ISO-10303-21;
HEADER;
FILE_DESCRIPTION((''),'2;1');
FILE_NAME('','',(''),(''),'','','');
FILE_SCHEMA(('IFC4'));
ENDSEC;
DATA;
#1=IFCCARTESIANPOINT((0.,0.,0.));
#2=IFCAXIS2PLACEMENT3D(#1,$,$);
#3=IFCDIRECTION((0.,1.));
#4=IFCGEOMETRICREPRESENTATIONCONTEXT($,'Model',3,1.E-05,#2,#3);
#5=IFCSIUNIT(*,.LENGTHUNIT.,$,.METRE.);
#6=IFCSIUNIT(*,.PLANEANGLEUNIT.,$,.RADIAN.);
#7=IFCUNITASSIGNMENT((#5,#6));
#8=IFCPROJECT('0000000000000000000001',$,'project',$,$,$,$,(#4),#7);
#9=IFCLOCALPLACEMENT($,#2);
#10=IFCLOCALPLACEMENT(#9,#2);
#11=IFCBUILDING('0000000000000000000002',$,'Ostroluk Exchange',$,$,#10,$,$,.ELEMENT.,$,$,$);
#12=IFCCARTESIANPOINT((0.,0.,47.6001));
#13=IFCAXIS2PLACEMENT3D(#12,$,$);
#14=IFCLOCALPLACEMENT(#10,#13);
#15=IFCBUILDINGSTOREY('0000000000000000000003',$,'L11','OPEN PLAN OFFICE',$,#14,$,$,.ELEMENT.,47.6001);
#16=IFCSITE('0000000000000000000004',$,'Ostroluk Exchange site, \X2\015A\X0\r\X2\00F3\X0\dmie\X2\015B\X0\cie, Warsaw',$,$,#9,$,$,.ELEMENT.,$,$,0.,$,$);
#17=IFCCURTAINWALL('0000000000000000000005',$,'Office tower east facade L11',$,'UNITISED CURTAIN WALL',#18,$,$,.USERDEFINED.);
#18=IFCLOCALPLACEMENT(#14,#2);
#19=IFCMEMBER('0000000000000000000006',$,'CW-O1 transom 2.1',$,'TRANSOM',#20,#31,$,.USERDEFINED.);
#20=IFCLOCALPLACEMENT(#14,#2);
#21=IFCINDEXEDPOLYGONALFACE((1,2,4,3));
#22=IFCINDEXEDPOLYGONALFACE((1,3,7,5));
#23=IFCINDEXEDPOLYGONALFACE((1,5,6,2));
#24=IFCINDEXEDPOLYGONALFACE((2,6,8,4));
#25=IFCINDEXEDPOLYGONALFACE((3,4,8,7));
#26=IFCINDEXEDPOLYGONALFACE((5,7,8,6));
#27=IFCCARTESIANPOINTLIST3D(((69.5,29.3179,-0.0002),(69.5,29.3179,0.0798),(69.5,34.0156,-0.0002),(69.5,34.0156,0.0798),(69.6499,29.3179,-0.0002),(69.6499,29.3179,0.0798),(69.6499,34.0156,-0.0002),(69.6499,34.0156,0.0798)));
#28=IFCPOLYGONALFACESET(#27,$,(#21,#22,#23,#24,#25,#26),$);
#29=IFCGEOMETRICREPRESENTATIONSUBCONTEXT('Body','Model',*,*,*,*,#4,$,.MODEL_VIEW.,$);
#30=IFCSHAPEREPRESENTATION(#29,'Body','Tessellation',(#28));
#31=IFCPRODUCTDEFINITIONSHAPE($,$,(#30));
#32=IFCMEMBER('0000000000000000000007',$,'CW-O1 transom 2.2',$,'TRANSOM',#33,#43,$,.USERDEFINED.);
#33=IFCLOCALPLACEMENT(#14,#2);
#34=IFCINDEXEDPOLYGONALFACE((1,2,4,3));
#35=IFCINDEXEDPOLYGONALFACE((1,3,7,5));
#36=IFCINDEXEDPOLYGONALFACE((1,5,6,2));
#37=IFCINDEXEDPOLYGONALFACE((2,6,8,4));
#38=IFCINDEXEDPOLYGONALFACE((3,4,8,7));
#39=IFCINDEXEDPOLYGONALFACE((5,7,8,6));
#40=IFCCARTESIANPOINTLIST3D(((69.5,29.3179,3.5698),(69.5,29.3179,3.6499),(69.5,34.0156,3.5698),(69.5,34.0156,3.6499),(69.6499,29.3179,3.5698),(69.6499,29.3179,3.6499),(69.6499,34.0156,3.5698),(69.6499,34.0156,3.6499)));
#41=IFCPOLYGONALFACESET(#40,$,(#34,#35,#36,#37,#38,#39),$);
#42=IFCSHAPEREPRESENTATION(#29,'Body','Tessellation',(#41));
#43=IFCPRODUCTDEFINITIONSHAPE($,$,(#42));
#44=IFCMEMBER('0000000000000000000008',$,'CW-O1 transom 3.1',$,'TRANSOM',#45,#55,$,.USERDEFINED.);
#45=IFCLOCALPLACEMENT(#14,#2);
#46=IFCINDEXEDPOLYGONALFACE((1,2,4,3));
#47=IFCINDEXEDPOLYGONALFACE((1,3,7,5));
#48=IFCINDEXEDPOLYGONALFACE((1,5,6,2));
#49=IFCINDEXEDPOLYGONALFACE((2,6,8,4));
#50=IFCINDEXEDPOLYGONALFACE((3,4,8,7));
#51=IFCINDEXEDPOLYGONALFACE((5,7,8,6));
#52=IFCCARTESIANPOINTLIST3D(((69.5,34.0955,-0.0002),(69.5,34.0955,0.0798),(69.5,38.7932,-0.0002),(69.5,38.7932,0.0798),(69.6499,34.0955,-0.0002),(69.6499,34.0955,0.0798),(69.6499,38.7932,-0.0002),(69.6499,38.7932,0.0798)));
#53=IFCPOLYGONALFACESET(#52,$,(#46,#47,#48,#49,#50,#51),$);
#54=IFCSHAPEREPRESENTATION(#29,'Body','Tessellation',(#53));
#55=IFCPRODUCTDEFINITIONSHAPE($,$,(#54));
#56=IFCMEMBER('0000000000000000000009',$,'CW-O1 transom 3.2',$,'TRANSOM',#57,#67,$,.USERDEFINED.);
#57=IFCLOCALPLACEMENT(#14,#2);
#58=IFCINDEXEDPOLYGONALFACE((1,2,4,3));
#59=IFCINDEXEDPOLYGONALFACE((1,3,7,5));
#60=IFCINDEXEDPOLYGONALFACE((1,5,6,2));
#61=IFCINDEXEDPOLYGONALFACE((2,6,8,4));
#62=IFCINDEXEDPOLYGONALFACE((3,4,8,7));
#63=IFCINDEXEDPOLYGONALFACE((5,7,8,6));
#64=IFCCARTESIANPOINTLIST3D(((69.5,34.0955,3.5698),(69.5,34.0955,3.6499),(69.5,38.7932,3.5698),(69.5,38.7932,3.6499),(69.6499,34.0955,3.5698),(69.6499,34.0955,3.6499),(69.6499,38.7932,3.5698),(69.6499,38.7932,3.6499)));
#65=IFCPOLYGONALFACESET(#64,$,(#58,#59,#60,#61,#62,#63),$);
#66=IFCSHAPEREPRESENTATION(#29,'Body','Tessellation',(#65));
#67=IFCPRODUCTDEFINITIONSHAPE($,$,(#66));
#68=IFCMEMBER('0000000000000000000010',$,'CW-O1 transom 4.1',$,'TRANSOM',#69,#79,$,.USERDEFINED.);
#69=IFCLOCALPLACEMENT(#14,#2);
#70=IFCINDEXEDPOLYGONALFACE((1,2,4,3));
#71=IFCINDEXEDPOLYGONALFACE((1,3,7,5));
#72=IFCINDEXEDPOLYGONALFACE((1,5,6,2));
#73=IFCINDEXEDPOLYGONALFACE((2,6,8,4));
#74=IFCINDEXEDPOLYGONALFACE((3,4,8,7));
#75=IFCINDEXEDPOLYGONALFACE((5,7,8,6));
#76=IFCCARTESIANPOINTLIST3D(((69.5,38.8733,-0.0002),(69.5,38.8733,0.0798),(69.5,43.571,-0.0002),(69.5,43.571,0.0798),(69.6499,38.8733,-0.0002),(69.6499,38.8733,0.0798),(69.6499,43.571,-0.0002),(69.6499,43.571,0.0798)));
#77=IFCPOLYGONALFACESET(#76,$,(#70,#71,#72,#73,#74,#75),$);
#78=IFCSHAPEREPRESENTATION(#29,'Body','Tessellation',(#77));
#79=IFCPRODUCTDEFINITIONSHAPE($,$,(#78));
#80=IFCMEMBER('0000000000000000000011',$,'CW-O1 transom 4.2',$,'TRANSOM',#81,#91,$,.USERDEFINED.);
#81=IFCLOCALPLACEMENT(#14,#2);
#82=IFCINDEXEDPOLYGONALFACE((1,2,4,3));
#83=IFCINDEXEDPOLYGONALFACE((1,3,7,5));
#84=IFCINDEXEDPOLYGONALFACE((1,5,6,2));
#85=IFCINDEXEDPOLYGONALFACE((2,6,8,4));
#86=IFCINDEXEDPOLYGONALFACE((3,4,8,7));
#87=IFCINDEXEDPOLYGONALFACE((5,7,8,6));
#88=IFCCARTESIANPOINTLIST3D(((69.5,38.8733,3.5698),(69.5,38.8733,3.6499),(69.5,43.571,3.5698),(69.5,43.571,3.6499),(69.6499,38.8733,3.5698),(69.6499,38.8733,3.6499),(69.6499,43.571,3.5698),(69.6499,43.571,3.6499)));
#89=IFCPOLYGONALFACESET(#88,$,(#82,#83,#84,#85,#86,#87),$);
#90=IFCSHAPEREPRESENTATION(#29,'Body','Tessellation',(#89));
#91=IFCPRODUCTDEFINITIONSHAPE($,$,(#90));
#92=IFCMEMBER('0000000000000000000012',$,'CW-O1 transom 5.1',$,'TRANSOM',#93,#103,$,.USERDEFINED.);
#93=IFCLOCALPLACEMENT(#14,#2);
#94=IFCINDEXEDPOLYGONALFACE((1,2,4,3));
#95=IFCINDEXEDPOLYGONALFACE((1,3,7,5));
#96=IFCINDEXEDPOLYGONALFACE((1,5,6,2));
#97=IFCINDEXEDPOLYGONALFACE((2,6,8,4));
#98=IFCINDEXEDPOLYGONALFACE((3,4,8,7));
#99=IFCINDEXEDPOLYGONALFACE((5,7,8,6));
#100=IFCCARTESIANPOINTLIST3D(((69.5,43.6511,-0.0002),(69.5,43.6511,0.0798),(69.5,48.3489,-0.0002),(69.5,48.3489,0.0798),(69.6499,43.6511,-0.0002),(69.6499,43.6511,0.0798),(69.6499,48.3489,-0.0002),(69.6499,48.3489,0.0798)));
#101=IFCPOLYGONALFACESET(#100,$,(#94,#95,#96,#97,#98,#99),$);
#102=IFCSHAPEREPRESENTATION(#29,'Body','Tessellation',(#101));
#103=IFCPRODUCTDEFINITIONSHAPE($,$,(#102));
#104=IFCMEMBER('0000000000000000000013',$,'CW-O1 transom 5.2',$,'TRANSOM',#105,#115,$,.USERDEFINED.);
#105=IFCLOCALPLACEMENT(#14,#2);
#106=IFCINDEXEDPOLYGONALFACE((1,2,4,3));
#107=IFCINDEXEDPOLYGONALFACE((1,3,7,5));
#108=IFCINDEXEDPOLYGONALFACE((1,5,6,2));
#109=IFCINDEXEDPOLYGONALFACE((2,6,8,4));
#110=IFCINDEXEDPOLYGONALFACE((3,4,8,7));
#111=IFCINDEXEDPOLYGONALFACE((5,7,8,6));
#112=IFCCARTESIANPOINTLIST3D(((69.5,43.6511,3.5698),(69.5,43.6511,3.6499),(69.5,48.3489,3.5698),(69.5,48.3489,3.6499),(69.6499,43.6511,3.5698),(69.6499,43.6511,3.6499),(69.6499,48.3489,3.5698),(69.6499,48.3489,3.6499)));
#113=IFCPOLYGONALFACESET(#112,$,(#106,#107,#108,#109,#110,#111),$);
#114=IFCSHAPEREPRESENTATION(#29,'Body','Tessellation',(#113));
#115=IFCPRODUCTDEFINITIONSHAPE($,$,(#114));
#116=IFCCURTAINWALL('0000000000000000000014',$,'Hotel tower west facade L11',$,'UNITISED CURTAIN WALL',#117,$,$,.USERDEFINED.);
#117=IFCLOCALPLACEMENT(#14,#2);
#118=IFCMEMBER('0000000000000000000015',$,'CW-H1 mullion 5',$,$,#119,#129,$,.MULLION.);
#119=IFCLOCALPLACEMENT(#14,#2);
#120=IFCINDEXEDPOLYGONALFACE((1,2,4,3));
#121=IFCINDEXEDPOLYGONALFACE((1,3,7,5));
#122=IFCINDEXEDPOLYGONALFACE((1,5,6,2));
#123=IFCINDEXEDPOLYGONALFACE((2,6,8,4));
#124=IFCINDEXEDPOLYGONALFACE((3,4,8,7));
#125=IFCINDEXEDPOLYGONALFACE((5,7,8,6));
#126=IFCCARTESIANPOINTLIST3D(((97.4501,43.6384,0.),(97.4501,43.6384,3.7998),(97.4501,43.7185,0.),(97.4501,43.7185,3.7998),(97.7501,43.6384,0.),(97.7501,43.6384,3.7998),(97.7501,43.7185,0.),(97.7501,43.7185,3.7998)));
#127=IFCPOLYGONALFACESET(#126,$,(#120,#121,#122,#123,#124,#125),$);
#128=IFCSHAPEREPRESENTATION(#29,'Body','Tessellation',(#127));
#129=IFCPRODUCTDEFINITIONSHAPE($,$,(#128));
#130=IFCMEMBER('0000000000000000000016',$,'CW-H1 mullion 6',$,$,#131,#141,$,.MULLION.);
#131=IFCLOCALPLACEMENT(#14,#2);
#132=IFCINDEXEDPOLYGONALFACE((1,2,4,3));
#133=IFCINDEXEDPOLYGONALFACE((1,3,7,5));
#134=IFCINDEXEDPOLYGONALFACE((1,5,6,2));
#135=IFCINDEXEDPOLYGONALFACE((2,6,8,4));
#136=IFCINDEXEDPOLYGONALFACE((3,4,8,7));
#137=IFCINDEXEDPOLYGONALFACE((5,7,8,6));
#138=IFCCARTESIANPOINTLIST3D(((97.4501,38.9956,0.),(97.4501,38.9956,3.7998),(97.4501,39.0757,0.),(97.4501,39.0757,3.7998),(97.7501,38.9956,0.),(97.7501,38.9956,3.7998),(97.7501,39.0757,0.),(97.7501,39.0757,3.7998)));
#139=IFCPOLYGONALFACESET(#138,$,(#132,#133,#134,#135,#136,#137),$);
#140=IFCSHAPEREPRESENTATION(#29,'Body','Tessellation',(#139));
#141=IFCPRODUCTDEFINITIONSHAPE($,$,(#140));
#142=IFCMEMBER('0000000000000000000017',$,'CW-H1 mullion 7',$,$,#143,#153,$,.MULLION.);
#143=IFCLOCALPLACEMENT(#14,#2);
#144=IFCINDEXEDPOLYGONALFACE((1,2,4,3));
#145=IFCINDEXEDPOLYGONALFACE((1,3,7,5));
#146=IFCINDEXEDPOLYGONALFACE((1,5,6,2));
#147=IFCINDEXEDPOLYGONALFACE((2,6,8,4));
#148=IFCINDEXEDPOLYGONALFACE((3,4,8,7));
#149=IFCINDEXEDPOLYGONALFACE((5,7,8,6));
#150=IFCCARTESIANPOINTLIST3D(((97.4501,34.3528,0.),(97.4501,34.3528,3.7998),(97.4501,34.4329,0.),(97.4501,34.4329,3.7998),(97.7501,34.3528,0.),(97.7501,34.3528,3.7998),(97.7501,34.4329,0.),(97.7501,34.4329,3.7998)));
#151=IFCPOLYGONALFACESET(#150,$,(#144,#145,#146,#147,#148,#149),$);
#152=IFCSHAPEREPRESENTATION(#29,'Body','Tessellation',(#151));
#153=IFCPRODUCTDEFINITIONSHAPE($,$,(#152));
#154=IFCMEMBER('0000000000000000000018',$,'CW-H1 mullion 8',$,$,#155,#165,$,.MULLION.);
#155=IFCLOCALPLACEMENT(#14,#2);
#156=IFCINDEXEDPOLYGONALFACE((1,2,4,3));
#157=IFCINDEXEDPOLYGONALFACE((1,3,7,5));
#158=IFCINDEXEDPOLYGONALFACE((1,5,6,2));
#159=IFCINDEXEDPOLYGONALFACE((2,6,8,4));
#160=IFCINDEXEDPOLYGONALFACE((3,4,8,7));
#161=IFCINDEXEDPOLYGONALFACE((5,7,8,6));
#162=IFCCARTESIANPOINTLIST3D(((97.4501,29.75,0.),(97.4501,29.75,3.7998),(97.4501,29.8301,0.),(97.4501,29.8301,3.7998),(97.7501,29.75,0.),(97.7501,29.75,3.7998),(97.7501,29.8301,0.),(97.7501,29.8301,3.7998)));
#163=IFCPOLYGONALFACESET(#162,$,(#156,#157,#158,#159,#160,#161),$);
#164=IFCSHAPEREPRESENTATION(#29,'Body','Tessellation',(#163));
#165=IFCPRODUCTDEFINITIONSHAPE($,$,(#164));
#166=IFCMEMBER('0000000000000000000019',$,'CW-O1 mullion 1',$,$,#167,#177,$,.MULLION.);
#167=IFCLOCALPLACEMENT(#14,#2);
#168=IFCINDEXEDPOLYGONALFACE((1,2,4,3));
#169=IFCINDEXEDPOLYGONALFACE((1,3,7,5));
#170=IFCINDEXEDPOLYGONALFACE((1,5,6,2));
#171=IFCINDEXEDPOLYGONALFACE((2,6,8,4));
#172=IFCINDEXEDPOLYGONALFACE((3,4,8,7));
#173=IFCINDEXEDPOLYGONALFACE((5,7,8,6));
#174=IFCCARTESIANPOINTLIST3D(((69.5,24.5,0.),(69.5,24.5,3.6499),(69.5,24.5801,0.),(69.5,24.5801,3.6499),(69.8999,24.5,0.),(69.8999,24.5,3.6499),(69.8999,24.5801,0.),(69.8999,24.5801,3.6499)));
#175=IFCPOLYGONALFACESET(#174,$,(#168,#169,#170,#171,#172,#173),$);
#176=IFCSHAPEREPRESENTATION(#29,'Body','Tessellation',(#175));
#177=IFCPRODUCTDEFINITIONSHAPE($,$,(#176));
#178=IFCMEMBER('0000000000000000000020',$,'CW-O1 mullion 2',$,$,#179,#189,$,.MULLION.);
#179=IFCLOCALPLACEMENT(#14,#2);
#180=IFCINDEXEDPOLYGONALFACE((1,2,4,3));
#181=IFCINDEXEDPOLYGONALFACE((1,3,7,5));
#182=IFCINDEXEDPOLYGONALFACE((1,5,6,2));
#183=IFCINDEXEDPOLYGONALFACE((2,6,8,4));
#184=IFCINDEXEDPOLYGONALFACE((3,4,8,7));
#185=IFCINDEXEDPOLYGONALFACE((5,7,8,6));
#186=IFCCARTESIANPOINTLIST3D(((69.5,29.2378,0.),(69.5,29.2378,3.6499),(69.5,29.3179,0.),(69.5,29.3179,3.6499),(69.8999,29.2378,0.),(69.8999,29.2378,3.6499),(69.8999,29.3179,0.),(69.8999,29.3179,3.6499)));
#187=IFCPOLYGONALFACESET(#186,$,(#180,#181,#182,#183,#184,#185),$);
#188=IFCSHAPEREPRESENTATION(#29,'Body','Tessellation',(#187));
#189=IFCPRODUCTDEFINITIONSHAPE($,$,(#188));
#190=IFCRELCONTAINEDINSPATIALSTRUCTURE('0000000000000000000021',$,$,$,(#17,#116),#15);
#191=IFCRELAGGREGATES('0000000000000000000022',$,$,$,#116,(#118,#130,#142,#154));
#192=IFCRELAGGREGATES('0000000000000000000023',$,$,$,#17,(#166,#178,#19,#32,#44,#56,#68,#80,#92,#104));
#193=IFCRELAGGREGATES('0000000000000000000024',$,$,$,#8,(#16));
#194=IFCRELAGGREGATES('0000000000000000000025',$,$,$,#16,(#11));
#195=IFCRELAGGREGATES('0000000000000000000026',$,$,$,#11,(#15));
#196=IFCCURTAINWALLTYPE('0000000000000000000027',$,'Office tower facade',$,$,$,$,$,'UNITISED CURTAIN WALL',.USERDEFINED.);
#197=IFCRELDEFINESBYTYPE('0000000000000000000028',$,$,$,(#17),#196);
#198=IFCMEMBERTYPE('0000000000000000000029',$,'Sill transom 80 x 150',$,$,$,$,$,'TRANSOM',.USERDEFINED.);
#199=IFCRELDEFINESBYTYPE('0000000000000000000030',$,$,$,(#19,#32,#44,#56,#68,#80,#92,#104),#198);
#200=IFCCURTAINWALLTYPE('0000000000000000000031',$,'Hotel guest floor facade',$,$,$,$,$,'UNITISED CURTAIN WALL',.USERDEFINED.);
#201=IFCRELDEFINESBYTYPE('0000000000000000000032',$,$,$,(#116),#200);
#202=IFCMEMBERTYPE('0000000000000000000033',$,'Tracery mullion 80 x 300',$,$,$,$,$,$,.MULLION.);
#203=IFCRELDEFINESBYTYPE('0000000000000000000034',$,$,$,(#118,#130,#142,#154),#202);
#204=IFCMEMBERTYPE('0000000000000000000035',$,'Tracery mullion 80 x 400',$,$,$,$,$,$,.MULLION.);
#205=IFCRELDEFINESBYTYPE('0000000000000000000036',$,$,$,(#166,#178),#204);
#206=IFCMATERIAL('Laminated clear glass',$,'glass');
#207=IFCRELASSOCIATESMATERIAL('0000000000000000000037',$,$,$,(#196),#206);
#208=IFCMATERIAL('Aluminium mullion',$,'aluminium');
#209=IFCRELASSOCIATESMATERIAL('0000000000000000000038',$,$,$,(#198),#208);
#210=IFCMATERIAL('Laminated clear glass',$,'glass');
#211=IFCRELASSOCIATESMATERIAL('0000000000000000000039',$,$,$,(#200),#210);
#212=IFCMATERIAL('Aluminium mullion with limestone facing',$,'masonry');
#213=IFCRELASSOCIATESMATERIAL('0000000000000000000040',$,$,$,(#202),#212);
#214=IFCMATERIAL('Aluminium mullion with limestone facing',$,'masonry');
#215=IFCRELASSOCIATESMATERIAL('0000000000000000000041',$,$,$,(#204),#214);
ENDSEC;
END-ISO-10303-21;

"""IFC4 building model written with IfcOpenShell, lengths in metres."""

from ifc_helpers import new_model, si_unit, direction, frame, origin, origin_2d, place, context, subcontext, project, spatial, rectangle, extrude, material, material_profile, profile_set, type_object, element, aggregate, save


model = new_model("IFC4")

# Units and contexts
model_context = context("Model", 3, precision=1e-05, world=origin(), true_north=direction((0.0, 1.0)))
body_context = subcontext(model_context, "Body", "Model", "MODEL_VIEW")
ifc_project = project(units=[si_unit("LENGTHUNIT", "METRE"), si_unit("PLANEANGLEUNIT", "RADIAN")], contexts=[model_context])

# Site, building, storey
site_placement = place(None, origin())
site = spatial("IfcSite", under=ifc_project, at=site_placement, Name="Ostroluk Exchange site, Śródmieście, Warsaw", CompositionType="ELEMENT", RefElevation=0.0)
building_placement = place(site_placement, origin())
building = spatial("IfcBuilding", under=site, at=building_placement, Name="Ostroluk Exchange", CompositionType="ELEMENT")
storey_placement = place(building_placement, frame((0.0, 0.0, 47.6001)))
storey = spatial("IfcBuildingStorey", under=building, at=storey_placement, Name="L11", Description="OPEN PLAN OFFICE", CompositionType="ELEMENT", Elevation=47.6001)

# Curtain walls, members
ifc_material_1 = material(Name="Laminated clear glass", Category="glass")
curtain_wall_type_1 = type_object("IfcCurtainWallType", Name="Office tower facade", ElementType="UNITISED CURTAIN WALL", PredefinedType="USERDEFINED", material=ifc_material_1)
curtain_wall_1_placement = place(storey_placement, origin())
curtain_wall_1 = element("IfcCurtainWall", 1, at=curtain_wall_1_placement, inside=storey, type_object=curtain_wall_type_1, Name="Office tower east facade L11", ObjectType="UNITISED CURTAIN WALL", PredefinedType="USERDEFINED")
ifc_material_2 = material(Name="Aluminium mullion", Category="aluminium")
ifc_material_profile_1 = material_profile(ifc_material_2, rectangle(XDim=0.1499, YDim=0.0801, at=origin_2d()), Name="Sill transom 80 x 150")
ifc_profile_set_1 = profile_set([ifc_material_profile_1], Name="Aluminium mullion")
member_type_1 = type_object("IfcMemberType", Name="Sill transom 80 x 150", ElementType="TRANSOM", PredefinedType="USERDEFINED", material=ifc_profile_set_1)
member_1_placement = place(storey_placement, frame((69.575, 29.3179, 0.0398), z_axis=(0.0, 1.0, 0.0), x_axis=(-1.0, 0.0, 0.0)))
member_1 = element("IfcMember", 2, at=member_1_placement, type_object=member_type_1, Name="CW-O1 transom 2.1", ObjectType="TRANSOM", PredefinedType="USERDEFINED", context=body_context, shape_type="SweptSolid", body=[
    extrude(rectangle(XDim=0.1499, YDim=0.0801, at=origin_2d()), origin(), (0.0, 0.0, 1.0), 4.6978),
])
member_2_placement = place(storey_placement, frame((69.575, 29.3179, 3.6099), z_axis=(0.0, 1.0, 0.0), x_axis=(-1.0, 0.0, 0.0)))
member_2 = element("IfcMember", 3, at=member_2_placement, type_object=member_type_1, Name="CW-O1 transom 2.2", ObjectType="TRANSOM", PredefinedType="USERDEFINED", context=body_context, shape_type="SweptSolid", body=[
    extrude(rectangle(XDim=0.1499, YDim=0.0801, at=origin_2d()), origin(), (0.0, 0.0, 1.0), 4.6978),
])
member_3_placement = place(storey_placement, frame((69.575, 34.0955, 0.0398), z_axis=(0.0, 1.0, 0.0), x_axis=(-1.0, 0.0, 0.0)))
member_3 = element("IfcMember", 4, at=member_3_placement, type_object=member_type_1, Name="CW-O1 transom 3.1", ObjectType="TRANSOM", PredefinedType="USERDEFINED", context=body_context, shape_type="SweptSolid", body=[
    extrude(rectangle(XDim=0.1499, YDim=0.0801, at=origin_2d()), origin(), (0.0, 0.0, 1.0), 4.6978),
])
member_4_placement = place(storey_placement, frame((69.575, 34.0955, 3.6099), z_axis=(0.0, 1.0, 0.0), x_axis=(-1.0, 0.0, 0.0)))
member_4 = element("IfcMember", 5, at=member_4_placement, type_object=member_type_1, Name="CW-O1 transom 3.2", ObjectType="TRANSOM", PredefinedType="USERDEFINED", context=body_context, shape_type="SweptSolid", body=[
    extrude(rectangle(XDim=0.1499, YDim=0.0801, at=origin_2d()), origin(), (0.0, 0.0, 1.0), 4.6978),
])
member_5_placement = place(storey_placement, frame((69.575, 38.8733, 0.0398), z_axis=(0.0, 1.0, 0.0), x_axis=(-1.0, 0.0, 0.0)))
member_5 = element("IfcMember", 6, at=member_5_placement, type_object=member_type_1, Name="CW-O1 transom 4.1", ObjectType="TRANSOM", PredefinedType="USERDEFINED", context=body_context, shape_type="SweptSolid", body=[
    extrude(rectangle(XDim=0.1499, YDim=0.0801, at=origin_2d()), origin(), (0.0, 0.0, 1.0), 4.6978),
])
member_6_placement = place(storey_placement, frame((69.575, 38.8733, 3.6099), z_axis=(0.0, 1.0, 0.0), x_axis=(-1.0, 0.0, 0.0)))
member_6 = element("IfcMember", 7, at=member_6_placement, type_object=member_type_1, Name="CW-O1 transom 4.2", ObjectType="TRANSOM", PredefinedType="USERDEFINED", context=body_context, shape_type="SweptSolid", body=[
    extrude(rectangle(XDim=0.1499, YDim=0.0801, at=origin_2d()), origin(), (0.0, 0.0, 1.0), 4.6978),
])
member_7_placement = place(storey_placement, frame((69.575, 43.6511, 0.0398), z_axis=(0.0, 1.0, 0.0), x_axis=(-1.0, 0.0, 0.0)))
member_7 = element("IfcMember", 8, at=member_7_placement, type_object=member_type_1, Name="CW-O1 transom 5.1", ObjectType="TRANSOM", PredefinedType="USERDEFINED", context=body_context, shape_type="SweptSolid", body=[
    extrude(rectangle(XDim=0.1499, YDim=0.0801, at=origin_2d()), origin(), (0.0, 0.0, 1.0), 4.6978),
])
member_8_placement = place(storey_placement, frame((69.575, 43.6511, 3.6099), z_axis=(0.0, 1.0, 0.0), x_axis=(-1.0, 0.0, 0.0)))
member_8 = element("IfcMember", 9, at=member_8_placement, type_object=member_type_1, Name="CW-O1 transom 5.2", ObjectType="TRANSOM", PredefinedType="USERDEFINED", context=body_context, shape_type="SweptSolid", body=[
    extrude(rectangle(XDim=0.1499, YDim=0.0801, at=origin_2d()), origin(), (0.0, 0.0, 1.0), 4.6978),
])
ifc_material_3 = material(Name="Laminated clear glass", Category="glass")
curtain_wall_type_2 = type_object("IfcCurtainWallType", Name="Hotel guest floor facade", ElementType="UNITISED CURTAIN WALL", PredefinedType="USERDEFINED", material=ifc_material_3)
curtain_wall_2_placement = place(storey_placement, origin())
curtain_wall_2 = element("IfcCurtainWall", 10, at=curtain_wall_2_placement, inside=storey, type_object=curtain_wall_type_2, Name="Hotel tower west facade L11", ObjectType="UNITISED CURTAIN WALL", PredefinedType="USERDEFINED")
ifc_material_4 = material(Name="Aluminium mullion with limestone facing", Category="masonry")
ifc_material_profile_2 = material_profile(ifc_material_4, rectangle(XDim=0.3, YDim=0.0801, at=origin_2d()), Name="Tracery mullion 80 x 300")
ifc_profile_set_2 = profile_set([ifc_material_profile_2], Name="Aluminium mullion with limestone facing")
member_type_2 = type_object("IfcMemberType", Name="Tracery mullion 80 x 300", PredefinedType="MULLION", material=ifc_profile_set_2)
member_9_placement = place(storey_placement, frame((97.6001, 43.6785, 0.0), z_axis=(0.0, 0.0, 1.0), x_axis=(1.0, 0.0, 0.0)))
member_9 = element("IfcMember", 11, at=member_9_placement, type_object=member_type_2, Name="CW-H1 mullion 5", PredefinedType="MULLION", context=body_context, shape_type="SweptSolid", body=[
    extrude(rectangle(XDim=0.3, YDim=0.0801, at=origin_2d()), origin(), (0.0, 0.0, 1.0), 3.7998),
])
member_10_placement = place(storey_placement, frame((97.6001, 39.0356, 0.0), z_axis=(0.0, 0.0, 1.0), x_axis=(1.0, 0.0, 0.0)))
member_10 = element("IfcMember", 12, at=member_10_placement, type_object=member_type_2, Name="CW-H1 mullion 6", PredefinedType="MULLION", context=body_context, shape_type="SweptSolid", body=[
    extrude(rectangle(XDim=0.3, YDim=0.0801, at=origin_2d()), origin(), (0.0, 0.0, 1.0), 3.7998),
])
member_11_placement = place(storey_placement, frame((97.6001, 34.3928, 0.0), z_axis=(0.0, 0.0, 1.0), x_axis=(1.0, 0.0, 0.0)))
member_11 = element("IfcMember", 13, at=member_11_placement, type_object=member_type_2, Name="CW-H1 mullion 7", PredefinedType="MULLION", context=body_context, shape_type="SweptSolid", body=[
    extrude(rectangle(XDim=0.3, YDim=0.0801, at=origin_2d()), origin(), (0.0, 0.0, 1.0), 3.7998),
])
member_12_placement = place(storey_placement, frame((97.6001, 29.79, 0.0), z_axis=(0.0, 0.0, 1.0), x_axis=(1.0, 0.0, 0.0)))
member_12 = element("IfcMember", 14, at=member_12_placement, type_object=member_type_2, Name="CW-H1 mullion 8", PredefinedType="MULLION", context=body_context, shape_type="SweptSolid", body=[
    extrude(rectangle(XDim=0.3, YDim=0.0801, at=origin_2d()), origin(), (0.0, 0.0, 1.0), 3.7998),
])
aggregate(curtain_wall_2, [member_9, member_10, member_11, member_12])

# Members
ifc_material_5 = material(Name="Aluminium mullion with limestone facing", Category="masonry")
ifc_material_profile_3 = material_profile(ifc_material_5, rectangle(XDim=0.3999, YDim=0.0801, at=origin_2d()), Name="Tracery mullion 80 x 400")
ifc_profile_set_3 = profile_set([ifc_material_profile_3], Name="Aluminium mullion with limestone facing")
member_type_3 = type_object("IfcMemberType", Name="Tracery mullion 80 x 400", PredefinedType="MULLION", material=ifc_profile_set_3)
member_13_placement = place(storey_placement, frame((69.7, 24.54, 0.0), z_axis=(0.0, 0.0, 1.0), x_axis=(-1.0, 0.0, 0.0)))
member_13 = element("IfcMember", 15, at=member_13_placement, type_object=member_type_3, Name="CW-O1 mullion 1", PredefinedType="MULLION", context=body_context, shape_type="SweptSolid", body=[
    extrude(rectangle(XDim=0.3999, YDim=0.0801, at=origin_2d()), origin(), (0.0, 0.0, 1.0), 3.6499),
])
member_14_placement = place(storey_placement, frame((69.7, 29.2778, 0.0), z_axis=(0.0, 0.0, 1.0), x_axis=(-1.0, 0.0, 0.0)))
member_14 = element("IfcMember", 16, at=member_14_placement, type_object=member_type_3, Name="CW-O1 mullion 2", PredefinedType="MULLION", context=body_context, shape_type="SweptSolid", body=[
    extrude(rectangle(XDim=0.3999, YDim=0.0801, at=origin_2d()), origin(), (0.0, 0.0, 1.0), 3.6499),
])

aggregate(curtain_wall_1, [member_13, member_14, member_1, member_2, member_3, member_4, member_5, member_6, member_7, member_8])

save(model, "model.ifc")
